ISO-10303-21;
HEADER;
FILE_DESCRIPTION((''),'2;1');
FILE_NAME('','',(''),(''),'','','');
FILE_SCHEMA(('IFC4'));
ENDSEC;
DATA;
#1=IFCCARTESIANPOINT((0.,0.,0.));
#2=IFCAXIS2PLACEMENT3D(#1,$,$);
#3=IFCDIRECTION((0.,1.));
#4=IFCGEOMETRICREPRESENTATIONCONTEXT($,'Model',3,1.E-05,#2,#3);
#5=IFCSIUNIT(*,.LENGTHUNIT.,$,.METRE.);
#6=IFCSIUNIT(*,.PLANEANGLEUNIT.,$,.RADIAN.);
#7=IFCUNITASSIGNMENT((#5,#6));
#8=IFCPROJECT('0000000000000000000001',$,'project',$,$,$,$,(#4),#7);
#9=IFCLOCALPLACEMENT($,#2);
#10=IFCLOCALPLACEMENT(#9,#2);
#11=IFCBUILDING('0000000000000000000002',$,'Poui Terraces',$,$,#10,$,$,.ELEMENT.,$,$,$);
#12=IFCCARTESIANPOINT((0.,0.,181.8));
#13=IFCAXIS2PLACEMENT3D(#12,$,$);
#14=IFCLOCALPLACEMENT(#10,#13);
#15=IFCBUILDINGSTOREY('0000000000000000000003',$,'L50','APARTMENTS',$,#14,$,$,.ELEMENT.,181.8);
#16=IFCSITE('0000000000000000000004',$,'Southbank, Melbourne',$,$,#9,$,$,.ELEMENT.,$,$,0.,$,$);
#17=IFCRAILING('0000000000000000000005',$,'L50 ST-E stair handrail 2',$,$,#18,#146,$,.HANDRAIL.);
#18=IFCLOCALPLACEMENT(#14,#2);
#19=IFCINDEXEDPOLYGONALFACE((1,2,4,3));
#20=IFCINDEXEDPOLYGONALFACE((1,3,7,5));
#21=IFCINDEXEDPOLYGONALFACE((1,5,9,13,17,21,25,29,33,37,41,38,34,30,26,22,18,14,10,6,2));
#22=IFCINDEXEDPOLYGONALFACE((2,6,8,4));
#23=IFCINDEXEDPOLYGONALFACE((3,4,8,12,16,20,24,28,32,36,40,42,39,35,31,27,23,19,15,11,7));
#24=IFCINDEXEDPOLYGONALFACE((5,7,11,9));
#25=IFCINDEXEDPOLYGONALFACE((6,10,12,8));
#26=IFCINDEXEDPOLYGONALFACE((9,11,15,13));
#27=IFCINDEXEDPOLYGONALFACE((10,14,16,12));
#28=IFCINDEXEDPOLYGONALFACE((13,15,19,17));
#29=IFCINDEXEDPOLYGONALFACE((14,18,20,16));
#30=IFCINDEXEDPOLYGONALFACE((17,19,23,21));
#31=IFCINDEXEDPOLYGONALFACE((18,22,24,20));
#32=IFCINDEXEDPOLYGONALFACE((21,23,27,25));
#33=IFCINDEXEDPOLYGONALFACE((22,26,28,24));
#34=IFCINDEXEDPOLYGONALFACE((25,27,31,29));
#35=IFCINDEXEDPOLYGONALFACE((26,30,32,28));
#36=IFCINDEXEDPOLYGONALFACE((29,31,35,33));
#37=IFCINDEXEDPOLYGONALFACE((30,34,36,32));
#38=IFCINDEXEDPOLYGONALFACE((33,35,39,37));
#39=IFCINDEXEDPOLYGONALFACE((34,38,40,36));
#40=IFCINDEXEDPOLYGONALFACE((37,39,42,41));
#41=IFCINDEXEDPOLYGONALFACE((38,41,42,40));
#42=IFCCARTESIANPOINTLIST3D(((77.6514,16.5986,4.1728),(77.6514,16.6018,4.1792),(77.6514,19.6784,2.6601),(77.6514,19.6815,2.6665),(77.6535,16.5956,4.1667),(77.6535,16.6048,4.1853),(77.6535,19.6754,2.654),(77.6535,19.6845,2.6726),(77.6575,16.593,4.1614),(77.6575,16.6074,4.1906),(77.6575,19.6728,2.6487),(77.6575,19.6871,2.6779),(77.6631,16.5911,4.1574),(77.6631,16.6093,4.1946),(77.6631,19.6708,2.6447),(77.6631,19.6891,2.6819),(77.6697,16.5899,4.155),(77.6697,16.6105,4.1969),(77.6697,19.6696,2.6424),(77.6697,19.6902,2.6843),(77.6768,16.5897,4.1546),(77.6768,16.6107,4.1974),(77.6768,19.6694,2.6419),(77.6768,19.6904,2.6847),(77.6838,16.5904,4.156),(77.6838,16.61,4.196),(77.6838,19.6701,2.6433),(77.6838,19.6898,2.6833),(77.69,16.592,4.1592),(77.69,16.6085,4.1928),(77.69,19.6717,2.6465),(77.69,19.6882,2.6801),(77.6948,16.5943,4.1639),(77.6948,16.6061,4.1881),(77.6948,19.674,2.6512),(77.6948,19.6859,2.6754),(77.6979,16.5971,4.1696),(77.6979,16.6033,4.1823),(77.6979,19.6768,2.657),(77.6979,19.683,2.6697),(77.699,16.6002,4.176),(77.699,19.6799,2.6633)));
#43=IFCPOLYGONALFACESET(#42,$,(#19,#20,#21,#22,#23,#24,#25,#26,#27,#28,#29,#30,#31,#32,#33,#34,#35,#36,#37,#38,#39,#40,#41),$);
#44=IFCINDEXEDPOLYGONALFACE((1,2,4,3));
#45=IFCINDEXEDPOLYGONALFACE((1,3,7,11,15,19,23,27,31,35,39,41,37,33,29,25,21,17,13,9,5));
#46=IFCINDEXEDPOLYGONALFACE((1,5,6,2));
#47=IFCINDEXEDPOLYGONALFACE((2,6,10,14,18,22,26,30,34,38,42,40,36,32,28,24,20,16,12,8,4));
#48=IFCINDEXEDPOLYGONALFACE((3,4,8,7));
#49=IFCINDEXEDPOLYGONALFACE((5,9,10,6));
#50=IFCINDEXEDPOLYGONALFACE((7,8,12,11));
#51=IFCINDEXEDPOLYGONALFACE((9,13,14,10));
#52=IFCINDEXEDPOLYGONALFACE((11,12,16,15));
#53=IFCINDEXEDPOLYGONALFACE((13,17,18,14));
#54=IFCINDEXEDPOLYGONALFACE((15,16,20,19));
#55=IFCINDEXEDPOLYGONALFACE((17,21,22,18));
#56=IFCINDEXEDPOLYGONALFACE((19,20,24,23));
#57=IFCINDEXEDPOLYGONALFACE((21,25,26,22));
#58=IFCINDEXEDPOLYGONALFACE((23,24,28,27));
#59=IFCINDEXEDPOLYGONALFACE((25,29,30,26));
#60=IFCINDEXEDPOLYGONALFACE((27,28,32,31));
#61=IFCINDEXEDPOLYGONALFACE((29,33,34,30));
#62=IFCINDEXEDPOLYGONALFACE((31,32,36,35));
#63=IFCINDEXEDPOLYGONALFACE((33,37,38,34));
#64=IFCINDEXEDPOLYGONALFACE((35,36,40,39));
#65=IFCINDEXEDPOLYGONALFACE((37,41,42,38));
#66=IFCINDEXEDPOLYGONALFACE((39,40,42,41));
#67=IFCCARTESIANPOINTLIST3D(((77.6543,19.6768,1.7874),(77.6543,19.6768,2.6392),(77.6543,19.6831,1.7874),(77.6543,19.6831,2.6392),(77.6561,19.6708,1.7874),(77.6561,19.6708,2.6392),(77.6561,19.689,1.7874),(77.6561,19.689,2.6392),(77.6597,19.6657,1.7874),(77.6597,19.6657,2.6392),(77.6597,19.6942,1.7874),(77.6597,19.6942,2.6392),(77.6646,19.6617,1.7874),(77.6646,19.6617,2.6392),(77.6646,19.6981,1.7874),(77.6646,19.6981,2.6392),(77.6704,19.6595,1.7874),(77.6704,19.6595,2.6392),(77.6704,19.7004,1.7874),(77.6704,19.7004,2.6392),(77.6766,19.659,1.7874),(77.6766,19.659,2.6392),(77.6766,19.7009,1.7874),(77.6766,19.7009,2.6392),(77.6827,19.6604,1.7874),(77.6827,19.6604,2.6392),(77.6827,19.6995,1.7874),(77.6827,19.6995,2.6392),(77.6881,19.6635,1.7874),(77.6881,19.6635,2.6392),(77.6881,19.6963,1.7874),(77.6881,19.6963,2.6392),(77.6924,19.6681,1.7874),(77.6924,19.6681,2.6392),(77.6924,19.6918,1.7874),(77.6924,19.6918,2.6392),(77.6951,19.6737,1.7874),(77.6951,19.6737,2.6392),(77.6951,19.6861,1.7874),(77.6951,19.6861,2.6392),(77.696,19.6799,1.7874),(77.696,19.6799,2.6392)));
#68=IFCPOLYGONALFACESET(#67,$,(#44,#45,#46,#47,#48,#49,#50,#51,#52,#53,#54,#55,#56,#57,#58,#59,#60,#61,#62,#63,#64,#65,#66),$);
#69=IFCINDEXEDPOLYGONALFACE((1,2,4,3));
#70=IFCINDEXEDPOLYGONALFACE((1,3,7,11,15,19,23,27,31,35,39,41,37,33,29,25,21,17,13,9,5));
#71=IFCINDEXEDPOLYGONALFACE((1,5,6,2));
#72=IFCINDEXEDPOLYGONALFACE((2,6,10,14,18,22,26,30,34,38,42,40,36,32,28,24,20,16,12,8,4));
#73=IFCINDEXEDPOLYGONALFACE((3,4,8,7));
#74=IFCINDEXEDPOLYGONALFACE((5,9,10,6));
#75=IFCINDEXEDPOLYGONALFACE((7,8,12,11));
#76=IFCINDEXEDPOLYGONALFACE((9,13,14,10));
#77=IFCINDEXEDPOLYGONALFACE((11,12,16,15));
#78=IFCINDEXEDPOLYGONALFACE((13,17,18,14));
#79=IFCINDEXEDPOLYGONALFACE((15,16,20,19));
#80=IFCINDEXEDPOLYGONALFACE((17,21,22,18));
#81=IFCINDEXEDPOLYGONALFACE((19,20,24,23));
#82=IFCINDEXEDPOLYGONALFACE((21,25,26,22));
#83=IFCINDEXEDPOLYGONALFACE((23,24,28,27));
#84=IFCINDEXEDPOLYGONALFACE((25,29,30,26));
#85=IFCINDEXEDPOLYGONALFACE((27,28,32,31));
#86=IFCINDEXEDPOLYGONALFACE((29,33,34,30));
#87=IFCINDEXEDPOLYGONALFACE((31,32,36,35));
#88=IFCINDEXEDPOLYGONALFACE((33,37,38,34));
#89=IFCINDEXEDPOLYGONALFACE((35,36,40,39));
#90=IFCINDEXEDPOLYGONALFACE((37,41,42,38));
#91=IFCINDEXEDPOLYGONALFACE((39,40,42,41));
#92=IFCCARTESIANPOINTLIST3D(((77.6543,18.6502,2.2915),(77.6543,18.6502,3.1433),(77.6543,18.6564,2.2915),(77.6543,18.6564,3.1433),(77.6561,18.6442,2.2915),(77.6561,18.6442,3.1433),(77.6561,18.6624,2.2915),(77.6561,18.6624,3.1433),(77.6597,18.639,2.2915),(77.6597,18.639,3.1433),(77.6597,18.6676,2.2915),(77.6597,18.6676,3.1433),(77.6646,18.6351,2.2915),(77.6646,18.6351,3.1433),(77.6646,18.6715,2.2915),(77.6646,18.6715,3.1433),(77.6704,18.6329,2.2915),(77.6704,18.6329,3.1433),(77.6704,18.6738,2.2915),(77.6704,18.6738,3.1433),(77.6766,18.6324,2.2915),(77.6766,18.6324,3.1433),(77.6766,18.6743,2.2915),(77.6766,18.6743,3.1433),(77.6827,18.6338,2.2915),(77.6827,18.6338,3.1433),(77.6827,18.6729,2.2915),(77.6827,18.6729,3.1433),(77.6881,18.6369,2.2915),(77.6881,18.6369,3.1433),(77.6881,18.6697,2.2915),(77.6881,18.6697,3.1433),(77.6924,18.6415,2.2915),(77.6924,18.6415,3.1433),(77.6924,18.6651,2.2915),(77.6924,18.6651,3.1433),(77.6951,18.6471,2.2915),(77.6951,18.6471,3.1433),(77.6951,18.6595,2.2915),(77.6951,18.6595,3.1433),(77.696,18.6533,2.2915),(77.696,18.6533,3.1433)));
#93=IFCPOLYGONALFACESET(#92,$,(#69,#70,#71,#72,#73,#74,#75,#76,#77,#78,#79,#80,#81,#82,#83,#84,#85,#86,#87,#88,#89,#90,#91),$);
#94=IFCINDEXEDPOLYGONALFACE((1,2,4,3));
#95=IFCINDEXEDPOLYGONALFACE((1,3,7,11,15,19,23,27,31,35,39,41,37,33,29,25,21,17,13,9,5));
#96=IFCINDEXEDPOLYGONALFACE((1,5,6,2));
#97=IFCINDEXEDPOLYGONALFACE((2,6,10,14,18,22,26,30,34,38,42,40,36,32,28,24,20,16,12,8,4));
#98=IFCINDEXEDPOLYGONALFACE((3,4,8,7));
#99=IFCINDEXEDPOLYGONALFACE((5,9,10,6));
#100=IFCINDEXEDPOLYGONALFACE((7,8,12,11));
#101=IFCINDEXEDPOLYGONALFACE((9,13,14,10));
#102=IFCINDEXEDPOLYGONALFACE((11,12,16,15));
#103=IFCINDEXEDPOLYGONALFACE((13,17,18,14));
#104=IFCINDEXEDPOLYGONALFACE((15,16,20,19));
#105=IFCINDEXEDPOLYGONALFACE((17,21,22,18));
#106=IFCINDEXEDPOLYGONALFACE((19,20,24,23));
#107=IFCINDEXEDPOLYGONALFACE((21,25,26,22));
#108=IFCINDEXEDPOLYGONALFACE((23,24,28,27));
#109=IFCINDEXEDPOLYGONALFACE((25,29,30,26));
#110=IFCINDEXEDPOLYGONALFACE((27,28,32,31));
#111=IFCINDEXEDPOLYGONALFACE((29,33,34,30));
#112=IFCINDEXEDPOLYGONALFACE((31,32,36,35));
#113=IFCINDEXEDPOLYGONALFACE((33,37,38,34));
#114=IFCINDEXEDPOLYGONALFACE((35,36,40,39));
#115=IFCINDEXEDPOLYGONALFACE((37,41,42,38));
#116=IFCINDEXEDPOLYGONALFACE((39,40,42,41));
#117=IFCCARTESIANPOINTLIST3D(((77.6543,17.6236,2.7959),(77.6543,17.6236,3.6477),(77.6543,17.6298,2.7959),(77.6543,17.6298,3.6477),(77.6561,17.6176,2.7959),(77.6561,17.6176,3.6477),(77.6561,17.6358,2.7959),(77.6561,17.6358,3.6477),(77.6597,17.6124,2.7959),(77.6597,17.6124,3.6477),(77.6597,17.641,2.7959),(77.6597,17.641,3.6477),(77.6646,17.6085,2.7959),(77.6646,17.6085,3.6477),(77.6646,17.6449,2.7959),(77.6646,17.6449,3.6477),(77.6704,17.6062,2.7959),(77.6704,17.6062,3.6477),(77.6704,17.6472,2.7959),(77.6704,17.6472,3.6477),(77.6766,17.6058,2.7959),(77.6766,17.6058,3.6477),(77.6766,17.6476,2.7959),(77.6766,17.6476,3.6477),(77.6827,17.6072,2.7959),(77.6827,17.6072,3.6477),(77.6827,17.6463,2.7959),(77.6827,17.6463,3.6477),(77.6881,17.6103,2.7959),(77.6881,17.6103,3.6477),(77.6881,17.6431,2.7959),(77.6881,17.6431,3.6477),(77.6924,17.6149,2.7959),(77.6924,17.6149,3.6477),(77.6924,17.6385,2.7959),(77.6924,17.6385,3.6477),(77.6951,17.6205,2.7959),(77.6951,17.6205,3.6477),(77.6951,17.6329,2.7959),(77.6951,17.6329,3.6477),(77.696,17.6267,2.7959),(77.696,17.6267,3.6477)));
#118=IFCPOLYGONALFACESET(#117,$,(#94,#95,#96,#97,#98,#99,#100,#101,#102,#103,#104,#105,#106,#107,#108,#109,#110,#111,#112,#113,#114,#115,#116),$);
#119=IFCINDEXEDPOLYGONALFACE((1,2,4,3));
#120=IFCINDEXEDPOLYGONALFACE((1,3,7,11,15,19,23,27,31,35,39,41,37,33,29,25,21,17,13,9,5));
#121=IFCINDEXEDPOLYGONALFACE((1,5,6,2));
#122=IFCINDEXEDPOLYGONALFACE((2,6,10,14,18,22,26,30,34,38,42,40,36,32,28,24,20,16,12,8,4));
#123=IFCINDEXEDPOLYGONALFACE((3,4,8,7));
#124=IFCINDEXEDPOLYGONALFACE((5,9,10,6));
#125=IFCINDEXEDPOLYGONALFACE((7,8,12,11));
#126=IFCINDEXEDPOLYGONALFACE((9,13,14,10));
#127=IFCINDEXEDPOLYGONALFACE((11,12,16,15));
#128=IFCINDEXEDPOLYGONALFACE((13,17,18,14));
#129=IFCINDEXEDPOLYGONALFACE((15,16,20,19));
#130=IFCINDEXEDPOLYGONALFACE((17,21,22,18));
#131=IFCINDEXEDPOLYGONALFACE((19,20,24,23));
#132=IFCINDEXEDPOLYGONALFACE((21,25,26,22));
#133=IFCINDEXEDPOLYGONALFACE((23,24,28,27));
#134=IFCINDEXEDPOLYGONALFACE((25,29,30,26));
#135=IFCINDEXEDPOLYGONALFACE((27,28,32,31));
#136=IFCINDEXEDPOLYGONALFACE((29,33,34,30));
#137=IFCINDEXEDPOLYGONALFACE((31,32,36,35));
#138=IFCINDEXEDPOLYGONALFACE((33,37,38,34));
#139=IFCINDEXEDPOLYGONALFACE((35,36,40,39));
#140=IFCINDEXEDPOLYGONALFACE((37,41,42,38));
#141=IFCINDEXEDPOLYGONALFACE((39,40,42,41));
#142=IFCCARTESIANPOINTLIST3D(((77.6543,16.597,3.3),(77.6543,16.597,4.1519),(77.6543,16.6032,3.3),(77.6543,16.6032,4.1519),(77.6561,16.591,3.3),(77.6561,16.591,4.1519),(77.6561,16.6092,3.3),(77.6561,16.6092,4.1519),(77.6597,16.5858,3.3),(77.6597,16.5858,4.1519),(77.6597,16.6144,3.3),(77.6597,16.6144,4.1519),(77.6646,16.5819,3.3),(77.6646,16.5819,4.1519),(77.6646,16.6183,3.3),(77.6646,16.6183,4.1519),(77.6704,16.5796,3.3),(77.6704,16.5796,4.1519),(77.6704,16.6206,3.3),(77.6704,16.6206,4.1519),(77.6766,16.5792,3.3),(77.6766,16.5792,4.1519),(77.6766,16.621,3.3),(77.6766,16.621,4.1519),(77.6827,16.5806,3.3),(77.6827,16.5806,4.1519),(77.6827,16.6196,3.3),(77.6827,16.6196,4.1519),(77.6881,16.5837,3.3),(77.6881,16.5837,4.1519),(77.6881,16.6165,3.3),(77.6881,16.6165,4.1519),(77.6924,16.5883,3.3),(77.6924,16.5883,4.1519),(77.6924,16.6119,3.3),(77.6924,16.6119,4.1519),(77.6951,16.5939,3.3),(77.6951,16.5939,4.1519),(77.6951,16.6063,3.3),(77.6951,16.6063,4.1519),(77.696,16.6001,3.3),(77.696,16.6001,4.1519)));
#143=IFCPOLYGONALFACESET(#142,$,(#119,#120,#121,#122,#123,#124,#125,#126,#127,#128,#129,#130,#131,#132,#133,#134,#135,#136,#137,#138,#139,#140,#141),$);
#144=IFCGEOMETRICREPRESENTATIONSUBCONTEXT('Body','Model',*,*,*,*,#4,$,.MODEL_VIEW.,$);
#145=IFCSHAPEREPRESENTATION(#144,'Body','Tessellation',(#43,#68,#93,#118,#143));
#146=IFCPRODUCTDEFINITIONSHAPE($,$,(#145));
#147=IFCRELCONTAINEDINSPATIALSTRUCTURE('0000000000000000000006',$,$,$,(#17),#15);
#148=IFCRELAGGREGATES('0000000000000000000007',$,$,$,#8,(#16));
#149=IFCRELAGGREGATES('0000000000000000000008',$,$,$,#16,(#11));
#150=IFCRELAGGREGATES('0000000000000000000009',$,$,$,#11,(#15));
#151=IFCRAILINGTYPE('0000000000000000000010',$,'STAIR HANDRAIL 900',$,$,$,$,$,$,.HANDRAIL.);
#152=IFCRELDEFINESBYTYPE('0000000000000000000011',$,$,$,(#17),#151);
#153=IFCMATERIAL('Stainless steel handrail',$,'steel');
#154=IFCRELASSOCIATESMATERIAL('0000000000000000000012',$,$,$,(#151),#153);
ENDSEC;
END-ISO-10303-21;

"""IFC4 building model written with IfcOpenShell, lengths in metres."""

from ifc_helpers import new_model, si_unit, direction, frame, origin, origin_2d, place, context, subcontext, project, spatial, circle, extrude, material, type_object, element, save


model = new_model("IFC4")

# Units and contexts
model_context = context("Model", 3, precision=1e-05, world=origin(), true_north=direction((0.0, 1.0)))
body_context = subcontext(model_context, "Body", "Model", "MODEL_VIEW")
ifc_project = project(units=[si_unit("LENGTHUNIT", "METRE"), si_unit("PLANEANGLEUNIT", "RADIAN")], contexts=[model_context])

# Site, building, storey
site_placement = place(None, origin())
site = spatial("IfcSite", under=ifc_project, at=site_placement, Name="Southbank, Melbourne", CompositionType="ELEMENT", RefElevation=0.0)
building_placement = place(site_placement, origin())
building = spatial("IfcBuilding", under=site, at=building_placement, Name="Poui Terraces", CompositionType="ELEMENT")
storey_placement = place(building_placement, frame((0.0, 0.0, 181.8)))
storey = spatial("IfcBuildingStorey", under=building, at=storey_placement, Name="L50", Description="APARTMENTS", CompositionType="ELEMENT", Elevation=181.8)

# Railing
ifc_material_1 = material(Name="Stainless steel handrail", Category="steel")
railing_type_1 = type_object("IfcRailingType", Name="STAIR HANDRAIL 900", PredefinedType="HANDRAIL", material=ifc_material_1)
railing_1_placement = place(storey_placement, frame((77.675, 19.6799, 1.7874)))
element("IfcRailing", 1, at=railing_1_placement, inside=storey, type_object=railing_type_1, Name="L50 ST-E stair handrail 2", PredefinedType="HANDRAIL", context=body_context, shape_type="SweptSolid", body=[
    extrude(circle(Radius=0.0239, at=origin_2d()), frame((0.0, 0.0, 0.876), z_axis=(0.0, -0.897578, 0.440856), x_axis=(1.0, 0.0, 0.0)), (0.0, 0.0, 1.0), 3.4312),
    extrude(circle(Radius=0.021, at=origin_2d()), origin(), (0.0, 0.0, 1.0), 0.8518),
    extrude(circle(Radius=0.021, at=origin_2d()), frame((0.0, -1.0266, 0.5042)), (0.0, 0.0, 1.0), 0.8518),
    extrude(circle(Radius=0.021, at=origin_2d()), frame((0.0, -2.0532, 1.0085)), (0.0, 0.0, 1.0), 0.8518),
    extrude(circle(Radius=0.021, at=origin_2d()), frame((0.0, -3.0798, 1.5127)), (0.0, 0.0, 1.0), 0.8518),
])

save(model, "model.ifc")
